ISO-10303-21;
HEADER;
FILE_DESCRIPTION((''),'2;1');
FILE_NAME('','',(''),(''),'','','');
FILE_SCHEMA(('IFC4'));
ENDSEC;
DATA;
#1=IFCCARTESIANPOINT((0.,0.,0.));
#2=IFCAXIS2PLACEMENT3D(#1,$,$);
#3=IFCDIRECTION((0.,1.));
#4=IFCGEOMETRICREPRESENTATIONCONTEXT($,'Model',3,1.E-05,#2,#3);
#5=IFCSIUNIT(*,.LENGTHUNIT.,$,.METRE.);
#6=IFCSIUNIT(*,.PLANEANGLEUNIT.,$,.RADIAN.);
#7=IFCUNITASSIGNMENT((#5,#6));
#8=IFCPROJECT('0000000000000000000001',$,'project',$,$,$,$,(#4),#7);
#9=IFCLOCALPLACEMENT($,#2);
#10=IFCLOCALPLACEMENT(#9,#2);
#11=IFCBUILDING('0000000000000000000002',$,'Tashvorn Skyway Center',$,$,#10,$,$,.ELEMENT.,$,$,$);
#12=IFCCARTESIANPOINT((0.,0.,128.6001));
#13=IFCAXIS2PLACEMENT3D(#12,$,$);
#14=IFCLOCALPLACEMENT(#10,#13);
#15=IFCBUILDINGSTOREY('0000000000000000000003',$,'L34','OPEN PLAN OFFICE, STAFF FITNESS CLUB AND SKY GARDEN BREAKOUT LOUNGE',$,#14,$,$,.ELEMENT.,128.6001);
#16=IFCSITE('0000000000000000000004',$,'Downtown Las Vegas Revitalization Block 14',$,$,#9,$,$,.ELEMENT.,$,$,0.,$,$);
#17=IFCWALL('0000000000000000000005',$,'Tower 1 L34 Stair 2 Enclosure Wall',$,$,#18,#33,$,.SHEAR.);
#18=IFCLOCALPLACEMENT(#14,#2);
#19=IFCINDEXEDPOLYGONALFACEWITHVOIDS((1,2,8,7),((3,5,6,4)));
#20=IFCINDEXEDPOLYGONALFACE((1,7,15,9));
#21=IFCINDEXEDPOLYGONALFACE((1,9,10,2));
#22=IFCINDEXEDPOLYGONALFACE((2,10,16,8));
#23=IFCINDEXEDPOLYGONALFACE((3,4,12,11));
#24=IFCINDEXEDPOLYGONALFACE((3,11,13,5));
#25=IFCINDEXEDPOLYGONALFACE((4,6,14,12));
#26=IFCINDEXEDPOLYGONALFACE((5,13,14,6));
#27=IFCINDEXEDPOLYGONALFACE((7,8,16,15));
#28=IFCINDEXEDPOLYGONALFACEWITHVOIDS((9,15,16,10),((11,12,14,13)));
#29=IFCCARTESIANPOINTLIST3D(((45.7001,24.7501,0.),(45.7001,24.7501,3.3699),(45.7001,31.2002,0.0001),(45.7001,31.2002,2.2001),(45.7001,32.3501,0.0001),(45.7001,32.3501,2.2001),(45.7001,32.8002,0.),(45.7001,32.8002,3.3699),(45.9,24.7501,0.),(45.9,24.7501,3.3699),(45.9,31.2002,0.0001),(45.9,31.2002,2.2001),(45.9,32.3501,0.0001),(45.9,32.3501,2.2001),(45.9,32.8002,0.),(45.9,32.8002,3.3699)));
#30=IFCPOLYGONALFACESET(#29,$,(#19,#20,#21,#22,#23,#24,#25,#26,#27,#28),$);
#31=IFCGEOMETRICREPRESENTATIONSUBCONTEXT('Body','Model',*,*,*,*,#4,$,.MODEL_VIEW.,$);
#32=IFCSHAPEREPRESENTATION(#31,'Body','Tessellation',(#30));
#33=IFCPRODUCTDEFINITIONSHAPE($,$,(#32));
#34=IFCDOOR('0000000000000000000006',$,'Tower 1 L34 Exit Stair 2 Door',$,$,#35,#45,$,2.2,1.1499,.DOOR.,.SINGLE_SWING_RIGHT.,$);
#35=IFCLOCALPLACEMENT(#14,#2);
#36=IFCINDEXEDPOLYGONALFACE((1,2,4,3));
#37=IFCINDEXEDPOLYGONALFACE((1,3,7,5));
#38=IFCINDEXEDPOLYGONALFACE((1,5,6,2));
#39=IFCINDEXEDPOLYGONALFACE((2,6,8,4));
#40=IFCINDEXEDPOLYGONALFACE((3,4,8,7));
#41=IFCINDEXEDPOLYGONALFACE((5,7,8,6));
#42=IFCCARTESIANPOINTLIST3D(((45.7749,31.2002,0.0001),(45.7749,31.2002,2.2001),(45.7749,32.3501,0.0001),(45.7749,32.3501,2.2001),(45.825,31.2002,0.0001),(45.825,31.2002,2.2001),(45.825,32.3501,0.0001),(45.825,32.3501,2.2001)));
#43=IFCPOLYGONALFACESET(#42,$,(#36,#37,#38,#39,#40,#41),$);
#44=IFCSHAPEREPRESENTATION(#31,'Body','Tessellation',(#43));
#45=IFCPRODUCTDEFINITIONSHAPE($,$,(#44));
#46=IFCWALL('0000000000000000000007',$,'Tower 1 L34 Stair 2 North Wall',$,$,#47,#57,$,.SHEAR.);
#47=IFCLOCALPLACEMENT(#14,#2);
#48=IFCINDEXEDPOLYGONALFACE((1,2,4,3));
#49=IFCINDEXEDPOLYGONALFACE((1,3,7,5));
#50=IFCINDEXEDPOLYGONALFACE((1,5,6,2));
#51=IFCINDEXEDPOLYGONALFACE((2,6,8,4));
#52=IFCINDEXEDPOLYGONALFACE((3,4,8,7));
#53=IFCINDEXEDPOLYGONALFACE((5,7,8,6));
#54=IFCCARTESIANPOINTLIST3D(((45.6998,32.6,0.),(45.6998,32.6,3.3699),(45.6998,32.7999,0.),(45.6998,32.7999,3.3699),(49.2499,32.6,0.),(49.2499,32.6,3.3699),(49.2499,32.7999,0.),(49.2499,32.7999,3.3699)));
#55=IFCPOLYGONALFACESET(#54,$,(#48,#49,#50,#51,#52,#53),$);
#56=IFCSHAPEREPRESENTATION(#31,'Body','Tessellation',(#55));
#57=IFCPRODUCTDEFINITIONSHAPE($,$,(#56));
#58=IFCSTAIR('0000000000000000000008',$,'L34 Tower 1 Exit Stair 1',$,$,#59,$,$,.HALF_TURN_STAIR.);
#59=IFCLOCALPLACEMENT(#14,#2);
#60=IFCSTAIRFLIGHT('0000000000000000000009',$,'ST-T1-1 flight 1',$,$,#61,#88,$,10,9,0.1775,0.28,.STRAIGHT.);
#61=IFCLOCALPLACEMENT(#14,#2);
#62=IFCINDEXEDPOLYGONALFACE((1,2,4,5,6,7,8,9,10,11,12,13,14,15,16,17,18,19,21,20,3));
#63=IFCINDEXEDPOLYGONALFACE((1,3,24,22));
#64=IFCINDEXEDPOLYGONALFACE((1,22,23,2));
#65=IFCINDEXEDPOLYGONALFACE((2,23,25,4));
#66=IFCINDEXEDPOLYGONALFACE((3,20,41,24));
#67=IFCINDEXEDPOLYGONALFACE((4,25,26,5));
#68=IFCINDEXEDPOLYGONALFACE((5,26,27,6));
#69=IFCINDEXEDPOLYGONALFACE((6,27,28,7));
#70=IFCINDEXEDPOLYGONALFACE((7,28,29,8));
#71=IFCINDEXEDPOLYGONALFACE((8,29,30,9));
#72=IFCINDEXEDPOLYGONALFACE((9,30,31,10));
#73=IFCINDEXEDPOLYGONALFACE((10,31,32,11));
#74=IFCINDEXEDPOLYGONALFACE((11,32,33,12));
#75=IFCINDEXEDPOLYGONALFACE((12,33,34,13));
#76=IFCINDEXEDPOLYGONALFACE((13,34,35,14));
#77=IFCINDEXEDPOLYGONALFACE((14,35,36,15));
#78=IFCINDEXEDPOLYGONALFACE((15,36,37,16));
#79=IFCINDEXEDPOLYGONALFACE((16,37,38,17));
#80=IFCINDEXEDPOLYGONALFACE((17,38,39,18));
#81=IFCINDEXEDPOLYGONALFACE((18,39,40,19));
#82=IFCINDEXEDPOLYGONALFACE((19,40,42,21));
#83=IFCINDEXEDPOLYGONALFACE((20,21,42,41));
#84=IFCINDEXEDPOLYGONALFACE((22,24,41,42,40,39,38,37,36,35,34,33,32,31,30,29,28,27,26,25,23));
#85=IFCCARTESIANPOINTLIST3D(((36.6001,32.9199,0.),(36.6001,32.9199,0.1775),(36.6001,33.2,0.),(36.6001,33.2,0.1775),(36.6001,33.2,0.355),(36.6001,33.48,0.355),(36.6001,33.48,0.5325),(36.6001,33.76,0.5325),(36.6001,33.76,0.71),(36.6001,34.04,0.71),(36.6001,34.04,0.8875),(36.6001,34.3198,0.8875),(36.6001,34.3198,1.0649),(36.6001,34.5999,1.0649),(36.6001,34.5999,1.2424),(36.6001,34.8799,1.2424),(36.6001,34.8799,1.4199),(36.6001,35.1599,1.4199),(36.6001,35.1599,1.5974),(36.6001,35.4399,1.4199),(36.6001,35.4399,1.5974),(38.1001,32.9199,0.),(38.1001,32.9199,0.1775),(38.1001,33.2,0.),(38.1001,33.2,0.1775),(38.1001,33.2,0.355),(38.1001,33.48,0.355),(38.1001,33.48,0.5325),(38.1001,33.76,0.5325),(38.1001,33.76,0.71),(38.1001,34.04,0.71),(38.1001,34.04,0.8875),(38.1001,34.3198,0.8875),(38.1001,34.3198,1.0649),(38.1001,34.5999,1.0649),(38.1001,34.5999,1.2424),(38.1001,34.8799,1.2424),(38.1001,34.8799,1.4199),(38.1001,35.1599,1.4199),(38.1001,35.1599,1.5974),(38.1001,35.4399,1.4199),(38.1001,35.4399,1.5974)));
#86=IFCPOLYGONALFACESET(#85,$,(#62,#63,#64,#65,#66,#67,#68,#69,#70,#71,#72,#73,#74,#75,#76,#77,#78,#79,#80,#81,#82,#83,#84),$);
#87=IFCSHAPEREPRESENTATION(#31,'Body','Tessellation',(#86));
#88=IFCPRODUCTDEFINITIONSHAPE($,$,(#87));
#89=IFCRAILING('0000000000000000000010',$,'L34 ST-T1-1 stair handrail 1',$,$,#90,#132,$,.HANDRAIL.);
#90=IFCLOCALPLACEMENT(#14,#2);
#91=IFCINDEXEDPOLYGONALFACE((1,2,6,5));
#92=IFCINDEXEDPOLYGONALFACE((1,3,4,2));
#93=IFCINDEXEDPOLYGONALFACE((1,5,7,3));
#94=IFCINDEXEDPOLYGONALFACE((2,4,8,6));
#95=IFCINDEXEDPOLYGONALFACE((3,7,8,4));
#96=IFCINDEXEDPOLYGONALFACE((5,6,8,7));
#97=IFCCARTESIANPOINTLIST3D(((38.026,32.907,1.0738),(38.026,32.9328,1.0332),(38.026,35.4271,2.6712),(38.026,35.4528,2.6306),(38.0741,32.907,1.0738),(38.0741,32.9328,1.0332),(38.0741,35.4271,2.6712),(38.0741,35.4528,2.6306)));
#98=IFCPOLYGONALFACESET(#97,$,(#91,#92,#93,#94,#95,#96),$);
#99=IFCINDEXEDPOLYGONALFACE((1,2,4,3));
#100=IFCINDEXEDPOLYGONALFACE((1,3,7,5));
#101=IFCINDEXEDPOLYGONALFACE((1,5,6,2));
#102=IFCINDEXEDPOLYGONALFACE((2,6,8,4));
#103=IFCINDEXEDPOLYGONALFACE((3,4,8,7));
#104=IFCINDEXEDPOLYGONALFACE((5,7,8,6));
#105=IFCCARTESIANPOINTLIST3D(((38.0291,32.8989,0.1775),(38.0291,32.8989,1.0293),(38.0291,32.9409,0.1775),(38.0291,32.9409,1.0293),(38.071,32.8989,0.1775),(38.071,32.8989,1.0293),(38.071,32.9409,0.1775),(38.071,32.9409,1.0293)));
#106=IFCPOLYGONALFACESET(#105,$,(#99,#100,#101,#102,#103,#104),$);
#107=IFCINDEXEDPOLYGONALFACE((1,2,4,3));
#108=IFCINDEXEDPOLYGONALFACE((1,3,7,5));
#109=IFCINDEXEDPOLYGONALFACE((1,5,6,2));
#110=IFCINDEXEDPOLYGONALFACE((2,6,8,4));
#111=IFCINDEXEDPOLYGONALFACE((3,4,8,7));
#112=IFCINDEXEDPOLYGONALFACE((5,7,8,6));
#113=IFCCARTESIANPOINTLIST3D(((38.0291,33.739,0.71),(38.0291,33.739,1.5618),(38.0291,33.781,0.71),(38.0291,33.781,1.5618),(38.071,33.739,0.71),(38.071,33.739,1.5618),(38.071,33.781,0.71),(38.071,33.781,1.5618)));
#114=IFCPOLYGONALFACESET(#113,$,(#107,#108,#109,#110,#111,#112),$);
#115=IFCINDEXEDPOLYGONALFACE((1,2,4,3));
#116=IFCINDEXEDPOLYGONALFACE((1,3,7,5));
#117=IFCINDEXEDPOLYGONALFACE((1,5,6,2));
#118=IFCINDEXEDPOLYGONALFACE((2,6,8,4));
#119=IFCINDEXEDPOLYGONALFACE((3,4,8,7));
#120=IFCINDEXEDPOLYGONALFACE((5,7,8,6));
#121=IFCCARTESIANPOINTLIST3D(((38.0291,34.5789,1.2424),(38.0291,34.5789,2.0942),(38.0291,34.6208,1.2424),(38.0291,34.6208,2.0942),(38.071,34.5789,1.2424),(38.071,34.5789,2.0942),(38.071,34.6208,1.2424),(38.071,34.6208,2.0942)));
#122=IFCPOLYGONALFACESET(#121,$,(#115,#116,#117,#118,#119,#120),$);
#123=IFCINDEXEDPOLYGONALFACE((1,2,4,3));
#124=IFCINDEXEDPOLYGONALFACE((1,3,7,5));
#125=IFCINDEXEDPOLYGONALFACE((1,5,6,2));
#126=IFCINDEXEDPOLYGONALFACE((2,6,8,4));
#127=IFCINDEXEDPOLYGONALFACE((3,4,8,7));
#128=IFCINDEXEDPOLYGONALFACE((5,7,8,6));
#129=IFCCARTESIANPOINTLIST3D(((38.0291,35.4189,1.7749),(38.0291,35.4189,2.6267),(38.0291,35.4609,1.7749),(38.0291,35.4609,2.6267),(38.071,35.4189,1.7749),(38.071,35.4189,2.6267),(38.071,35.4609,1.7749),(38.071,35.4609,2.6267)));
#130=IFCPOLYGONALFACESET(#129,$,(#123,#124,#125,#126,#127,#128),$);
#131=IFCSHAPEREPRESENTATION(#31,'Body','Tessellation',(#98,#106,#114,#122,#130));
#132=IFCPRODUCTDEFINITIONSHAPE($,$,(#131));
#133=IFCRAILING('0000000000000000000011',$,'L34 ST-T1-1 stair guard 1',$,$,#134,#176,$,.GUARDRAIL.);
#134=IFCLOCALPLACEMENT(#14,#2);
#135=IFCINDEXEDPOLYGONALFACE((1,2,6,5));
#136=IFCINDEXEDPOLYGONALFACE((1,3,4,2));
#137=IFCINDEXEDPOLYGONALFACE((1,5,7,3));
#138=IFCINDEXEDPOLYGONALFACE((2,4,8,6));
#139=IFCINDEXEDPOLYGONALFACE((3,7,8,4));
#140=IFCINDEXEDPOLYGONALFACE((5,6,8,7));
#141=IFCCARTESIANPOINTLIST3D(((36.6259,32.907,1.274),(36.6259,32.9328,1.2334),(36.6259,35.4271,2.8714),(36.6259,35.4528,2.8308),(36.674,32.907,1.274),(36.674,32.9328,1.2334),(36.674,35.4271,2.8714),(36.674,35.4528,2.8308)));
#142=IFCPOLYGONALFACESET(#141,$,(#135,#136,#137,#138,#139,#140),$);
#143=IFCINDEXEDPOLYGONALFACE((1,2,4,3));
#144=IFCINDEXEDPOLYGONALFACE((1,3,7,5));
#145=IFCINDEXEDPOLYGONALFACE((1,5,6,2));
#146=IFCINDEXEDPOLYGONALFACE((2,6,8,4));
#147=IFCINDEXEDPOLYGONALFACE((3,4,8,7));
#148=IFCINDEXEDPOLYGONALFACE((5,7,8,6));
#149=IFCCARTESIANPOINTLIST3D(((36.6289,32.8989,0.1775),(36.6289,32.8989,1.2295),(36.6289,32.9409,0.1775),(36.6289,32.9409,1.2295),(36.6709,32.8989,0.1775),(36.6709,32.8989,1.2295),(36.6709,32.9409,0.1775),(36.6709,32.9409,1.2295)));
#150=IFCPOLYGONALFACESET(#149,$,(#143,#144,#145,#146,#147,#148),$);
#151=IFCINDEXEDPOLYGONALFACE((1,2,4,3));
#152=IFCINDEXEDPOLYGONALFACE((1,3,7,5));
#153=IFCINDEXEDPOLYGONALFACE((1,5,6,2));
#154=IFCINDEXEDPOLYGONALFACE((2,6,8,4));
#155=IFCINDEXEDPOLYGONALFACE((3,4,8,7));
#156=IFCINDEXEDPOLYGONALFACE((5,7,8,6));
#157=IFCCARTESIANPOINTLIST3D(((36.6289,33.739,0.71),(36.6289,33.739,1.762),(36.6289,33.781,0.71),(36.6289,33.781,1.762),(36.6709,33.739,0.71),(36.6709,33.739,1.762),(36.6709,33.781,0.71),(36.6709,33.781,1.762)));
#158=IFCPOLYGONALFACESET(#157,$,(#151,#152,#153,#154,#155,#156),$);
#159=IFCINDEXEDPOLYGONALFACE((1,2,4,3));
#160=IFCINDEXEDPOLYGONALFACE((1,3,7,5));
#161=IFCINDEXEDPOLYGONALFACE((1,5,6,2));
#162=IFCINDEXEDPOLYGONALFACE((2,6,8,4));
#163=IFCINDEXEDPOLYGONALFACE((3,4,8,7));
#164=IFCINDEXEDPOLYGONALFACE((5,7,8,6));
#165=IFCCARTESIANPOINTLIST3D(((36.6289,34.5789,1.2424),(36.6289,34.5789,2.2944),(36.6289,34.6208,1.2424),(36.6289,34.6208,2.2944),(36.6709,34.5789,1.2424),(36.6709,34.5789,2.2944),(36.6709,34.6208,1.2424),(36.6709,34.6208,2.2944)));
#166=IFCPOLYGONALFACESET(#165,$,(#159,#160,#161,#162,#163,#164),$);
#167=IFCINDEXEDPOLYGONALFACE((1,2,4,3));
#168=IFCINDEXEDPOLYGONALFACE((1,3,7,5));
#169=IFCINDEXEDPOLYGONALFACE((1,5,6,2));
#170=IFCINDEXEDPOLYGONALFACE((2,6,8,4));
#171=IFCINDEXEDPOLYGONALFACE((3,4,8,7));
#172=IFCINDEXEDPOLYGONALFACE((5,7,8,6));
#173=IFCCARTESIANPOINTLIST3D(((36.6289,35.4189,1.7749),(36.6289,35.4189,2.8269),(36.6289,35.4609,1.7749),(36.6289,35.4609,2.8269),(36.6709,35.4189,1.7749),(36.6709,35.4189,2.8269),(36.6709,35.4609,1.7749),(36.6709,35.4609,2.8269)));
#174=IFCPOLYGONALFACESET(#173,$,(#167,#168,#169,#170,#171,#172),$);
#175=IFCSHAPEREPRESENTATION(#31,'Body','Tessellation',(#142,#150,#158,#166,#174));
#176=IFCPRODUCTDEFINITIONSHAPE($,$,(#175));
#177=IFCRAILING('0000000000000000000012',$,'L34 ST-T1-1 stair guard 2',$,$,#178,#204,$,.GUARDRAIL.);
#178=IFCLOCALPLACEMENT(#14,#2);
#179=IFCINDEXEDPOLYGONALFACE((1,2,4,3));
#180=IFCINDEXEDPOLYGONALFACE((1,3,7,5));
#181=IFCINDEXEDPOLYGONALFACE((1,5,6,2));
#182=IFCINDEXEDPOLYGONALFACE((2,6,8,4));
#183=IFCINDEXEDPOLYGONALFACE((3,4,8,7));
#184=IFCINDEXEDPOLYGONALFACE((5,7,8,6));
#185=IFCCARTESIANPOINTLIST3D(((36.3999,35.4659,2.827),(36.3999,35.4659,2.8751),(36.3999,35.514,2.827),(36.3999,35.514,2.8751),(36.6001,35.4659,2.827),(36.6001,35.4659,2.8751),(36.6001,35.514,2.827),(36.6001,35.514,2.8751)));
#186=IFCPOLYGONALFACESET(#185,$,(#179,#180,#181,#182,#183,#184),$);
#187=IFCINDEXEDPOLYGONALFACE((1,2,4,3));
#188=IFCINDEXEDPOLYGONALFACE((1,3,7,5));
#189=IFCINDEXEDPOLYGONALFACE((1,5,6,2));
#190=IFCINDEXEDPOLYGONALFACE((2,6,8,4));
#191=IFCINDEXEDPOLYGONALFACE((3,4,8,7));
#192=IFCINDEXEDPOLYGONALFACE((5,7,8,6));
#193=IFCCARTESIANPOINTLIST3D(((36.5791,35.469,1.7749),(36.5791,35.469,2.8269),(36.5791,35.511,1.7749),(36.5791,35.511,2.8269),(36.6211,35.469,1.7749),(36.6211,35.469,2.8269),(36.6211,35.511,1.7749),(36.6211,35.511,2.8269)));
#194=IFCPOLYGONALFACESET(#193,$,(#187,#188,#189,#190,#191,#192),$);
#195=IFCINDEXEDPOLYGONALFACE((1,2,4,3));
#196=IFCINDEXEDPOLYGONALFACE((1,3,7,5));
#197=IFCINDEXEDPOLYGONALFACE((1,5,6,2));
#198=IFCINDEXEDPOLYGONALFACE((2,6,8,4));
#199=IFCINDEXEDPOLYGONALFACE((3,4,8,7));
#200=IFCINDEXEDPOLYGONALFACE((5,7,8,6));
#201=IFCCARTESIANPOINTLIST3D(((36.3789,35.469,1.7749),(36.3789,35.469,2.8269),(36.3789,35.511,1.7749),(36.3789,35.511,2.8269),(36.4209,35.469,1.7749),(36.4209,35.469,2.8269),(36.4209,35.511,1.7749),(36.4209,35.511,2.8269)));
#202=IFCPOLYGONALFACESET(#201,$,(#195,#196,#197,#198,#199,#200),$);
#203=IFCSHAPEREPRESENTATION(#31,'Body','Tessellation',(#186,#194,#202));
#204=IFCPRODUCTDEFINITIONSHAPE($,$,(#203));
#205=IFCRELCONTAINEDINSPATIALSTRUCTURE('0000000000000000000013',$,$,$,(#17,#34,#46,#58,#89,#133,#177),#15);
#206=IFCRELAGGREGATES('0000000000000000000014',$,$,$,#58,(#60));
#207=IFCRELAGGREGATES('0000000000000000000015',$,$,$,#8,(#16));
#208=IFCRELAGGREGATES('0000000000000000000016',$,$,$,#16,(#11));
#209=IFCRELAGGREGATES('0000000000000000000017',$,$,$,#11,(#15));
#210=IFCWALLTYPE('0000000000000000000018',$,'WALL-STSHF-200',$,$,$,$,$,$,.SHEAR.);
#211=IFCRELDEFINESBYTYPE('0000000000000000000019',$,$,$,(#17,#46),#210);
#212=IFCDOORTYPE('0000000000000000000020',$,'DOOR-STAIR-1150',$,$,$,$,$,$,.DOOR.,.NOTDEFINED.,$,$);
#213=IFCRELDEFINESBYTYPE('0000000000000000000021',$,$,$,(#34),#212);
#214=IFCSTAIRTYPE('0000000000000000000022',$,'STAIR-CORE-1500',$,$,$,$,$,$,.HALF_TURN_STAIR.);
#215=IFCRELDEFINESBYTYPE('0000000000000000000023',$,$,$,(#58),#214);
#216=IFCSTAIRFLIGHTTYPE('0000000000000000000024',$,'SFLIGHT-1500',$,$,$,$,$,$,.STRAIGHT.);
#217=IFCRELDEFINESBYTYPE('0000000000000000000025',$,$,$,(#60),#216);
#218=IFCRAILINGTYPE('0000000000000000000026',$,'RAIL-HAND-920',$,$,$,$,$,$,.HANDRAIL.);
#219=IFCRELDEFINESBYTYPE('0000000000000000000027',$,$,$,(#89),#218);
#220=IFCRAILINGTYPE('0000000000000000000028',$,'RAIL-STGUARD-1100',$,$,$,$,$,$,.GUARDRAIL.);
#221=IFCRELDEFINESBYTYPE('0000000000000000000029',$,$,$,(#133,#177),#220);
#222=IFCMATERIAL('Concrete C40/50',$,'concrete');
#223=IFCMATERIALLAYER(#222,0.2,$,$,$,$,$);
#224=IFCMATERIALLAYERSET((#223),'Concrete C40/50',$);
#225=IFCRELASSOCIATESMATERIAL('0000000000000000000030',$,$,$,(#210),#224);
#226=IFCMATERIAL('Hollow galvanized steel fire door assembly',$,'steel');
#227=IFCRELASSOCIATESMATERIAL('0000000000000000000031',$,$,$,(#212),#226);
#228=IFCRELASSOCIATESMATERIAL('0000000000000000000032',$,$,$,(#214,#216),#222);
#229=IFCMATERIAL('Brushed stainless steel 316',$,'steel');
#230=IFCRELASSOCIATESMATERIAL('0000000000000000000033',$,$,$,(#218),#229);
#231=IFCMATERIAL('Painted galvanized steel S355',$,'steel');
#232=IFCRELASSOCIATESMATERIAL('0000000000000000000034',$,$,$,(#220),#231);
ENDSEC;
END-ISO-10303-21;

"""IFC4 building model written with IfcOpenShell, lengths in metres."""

from ifc_helpers import new_model, si_unit, direction, frame, frame_2d, origin, origin_2d, place, context, subcontext, project, spatial, polyline, rectangle, outline, extrude, material, layer, layer_set, type_object, element, fill, aggregate, save


model = new_model("IFC4")

# Units and contexts
model_context = context("Model", 3, precision=1e-05, world=origin(), true_north=direction((0.0, 1.0)))
body_context = subcontext(model_context, "Body", "Model", "MODEL_VIEW")
ifc_project = project(units=[si_unit("LENGTHUNIT", "METRE"), si_unit("PLANEANGLEUNIT", "RADIAN")], contexts=[model_context])

# Site, building, storey
site_placement = place(None, origin())
site = spatial("IfcSite", under=ifc_project, at=site_placement, Name="Downtown Las Vegas Revitalization Block 14", CompositionType="ELEMENT", RefElevation=0.0)
building_placement = place(site_placement, origin())
building = spatial("IfcBuilding", under=site, at=building_placement, Name="Tashvorn Skyway Center", CompositionType="ELEMENT")
storey_placement = place(building_placement, frame((0.0, 0.0, 128.6001)))
storey = spatial("IfcBuildingStorey", under=building, at=storey_placement, Name="L34", Description="OPEN PLAN OFFICE, STAFF FITNESS CLUB AND SKY GARDEN BREAKOUT LOUNGE", CompositionType="ELEMENT", Elevation=128.6001)

# Shared definitions
ifc_material_1 = material(Name="Concrete C40/50", Category="concrete")
ifc_material_2 = material(Name="Hollow galvanized steel fire door assembly", Category="steel")

# Wall, opening, door
ifc_layer_1 = layer(ifc_material_1, 0.2)
ifc_layer_set_1 = layer_set([ifc_layer_1], Name="Concrete C40/50")
wall_type_1 = type_object("IfcWallType", Name="WALL-STSHF-200", PredefinedType="SHEAR", material=ifc_layer_set_1)
wall_1_placement = place(storey_placement, frame((45.8, 32.8, 0.0), z_axis=(0.0, 0.0, 1.0), x_axis=(0.0, -1.0, 0.0)))
wall_1 = element("IfcWall", 1, at=wall_1_placement, inside=storey, type_object=wall_type_1, Name="Tower 1 L34 Stair 2 Enclosure Wall", PredefinedType="SHEAR", context=body_context, shape_type="SweptSolid", body=[
    extrude(rectangle(XDim=8.05, YDim=0.2, at=frame_2d((4.0249, 0.0))), origin(), (0.0, 0.0, 1.0), 3.3699),
])
opening_1_placement = place(wall_1_placement, frame((0.45, 0.0, 0.0)))
opening_1 = element("IfcOpeningElement", 2, at=opening_1_placement, cuts=wall_1, PredefinedType="OPENING", context=body_context, shape_type="SweptSolid", body=[
    extrude(rectangle(XDim=1.1499, YDim=2.2, at=frame_2d((0.575, 1.1001))), frame((0.0, 0.1099, 0.0), z_axis=(0.0, -1.0, 0.0), x_axis=(1.0, 0.0, 0.0)), (0.0, 0.0, 1.0), 0.22),
])
door_type_1 = type_object("IfcDoorType", Name="DOOR-STAIR-1150", OperationType="NOTDEFINED", PredefinedType="DOOR", material=ifc_material_2)
door_1_placement = place(opening_1_placement, origin())
door_1 = element("IfcDoor", 3, at=door_1_placement, inside=storey, type_object=door_type_1, Name="Tower 1 L34 Exit Stair 2 Door", OperationType="SINGLE_SWING_RIGHT", OverallHeight=2.2, OverallWidth=1.1499, PredefinedType="DOOR", context=body_context, shape_type="SweptSolid", body=[
    extrude(rectangle(XDim=1.1499, YDim=2.2, at=frame_2d((0.575, 1.1001))), frame((0.0, 0.0249, 0.0), z_axis=(0.0, -1.0, 0.0), x_axis=(1.0, 0.0, 0.0)), (0.0, 0.0, 1.0), 0.05),
])
fill(opening_1, door_1)

# Wall
wall_2_placement = place(storey_placement, frame((45.7, 32.7, 0.0), z_axis=(0.0, 0.0, 1.0), x_axis=(1.0, 0.0, 0.0)))
element("IfcWall", 4, at=wall_2_placement, inside=storey, type_object=wall_type_1, Name="Tower 1 L34 Stair 2 North Wall", PredefinedType="SHEAR", context=body_context, shape_type="SweptSolid", body=[
    extrude(rectangle(XDim=3.55, YDim=0.2, at=frame_2d((1.7749, 0.0))), origin(), (0.0, 0.0, 1.0), 3.3699),
])

# Stair, stair flight
stair_type = type_object("IfcStairType", Name="STAIR-CORE-1500", PredefinedType="HALF_TURN_STAIR", material=ifc_material_1)
stair_placement = place(storey_placement, origin())
stair = element("IfcStair", 5, at=stair_placement, inside=storey, type_object=stair_type, Name="L34 Tower 1 Exit Stair 1", PredefinedType="HALF_TURN_STAIR")
stair_flight_type = type_object("IfcStairFlightType", Name="SFLIGHT-1500", PredefinedType="STRAIGHT", material=ifc_material_1)
stair_flight_placement = place(storey_placement, frame((37.3501, 32.9199, 0.0), z_axis=(0.0, 0.0, 1.0), x_axis=(0.0, 1.0, 0.0)))
stair_flight = element("IfcStairFlight", 6, at=stair_flight_placement, type_object=stair_flight_type, Name="ST-T1-1 flight 1", NumberOfRisers=10, NumberOfTreads=9, PredefinedType="STRAIGHT", RiserHeight=0.1775, TreadLength=0.28, context=body_context, shape_type="SweptSolid", body=[
    extrude(outline(polyline([(0.0, 0.0), (0.0, 0.1775), (0.28, 0.1775), (0.28, 0.355), (0.5601, 0.355), (0.5601, 0.5325), (0.8401, 0.5325), (0.8401, 0.71), (1.1201, 0.71), (1.1201, 0.8875), (1.3999, 0.8875), (1.3999, 1.0649), (1.6799, 1.0649), (1.6799, 1.2424), (1.96, 1.2424), (1.96, 1.4199), (2.24, 1.4199), (2.24, 1.5974), (2.52, 1.5974), (2.52, 1.7749), (2.52, 1.4199), (0.28, 0.0), (0.0, 0.0)])), frame((0.0, 0.75, 0.0), z_axis=(0.0, -1.0, 0.0), x_axis=(1.0, 0.0, 0.0)), (0.0, 0.0, 1.0), 1.5),
])
aggregate(stair, [stair_flight])

# Railings
ifc_material_3 = material(Name="Brushed stainless steel 316", Category="steel")
railing_type_1 = type_object("IfcRailingType", Name="RAIL-HAND-920", PredefinedType="HANDRAIL", material=ifc_material_3)
railing_1_placement = place(storey_placement, frame((38.05, 32.9199, 0.1775)))
element("IfcRailing", 7, at=railing_1_placement, inside=storey, type_object=railing_type_1, Name="L34 ST-T1-1 stair handrail 1", PredefinedType="HANDRAIL", context=body_context, shape_type="SweptSolid", body=[
    extrude(rectangle(XDim=0.0481, YDim=0.0481, at=origin_2d()), frame((0.0, 0.0, 0.876), z_axis=(0.0, 0.844607, 0.535387), x_axis=(-1.0, 0.0, 0.0)), (0.0, 0.0, 1.0), 2.9836),
    extrude(rectangle(XDim=0.042, YDim=0.042, at=origin_2d()), origin(), (0.0, 0.0, 1.0), 0.8518),
    extrude(rectangle(XDim=0.042, YDim=0.042, at=origin_2d()), frame((0.0, 0.8401, 0.5325)), (0.0, 0.0, 1.0), 0.8518),
    extrude(rectangle(XDim=0.042, YDim=0.042, at=origin_2d()), frame((0.0, 1.6799, 1.0649)), (0.0, 0.0, 1.0), 0.8518),
    extrude(rectangle(XDim=0.042, YDim=0.042, at=origin_2d()), frame((0.0, 2.52, 1.5974)), (0.0, 0.0, 1.0), 0.8518),
])
ifc_material_4 = material(Name="Painted galvanized steel S355", Category="steel")
railing_type_2 = type_object("IfcRailingType", Name="RAIL-STGUARD-1100", PredefinedType="GUARDRAIL", material=ifc_material_4)
railing_2_placement = place(storey_placement, frame((36.6499, 32.9199, 0.1775)))
element("IfcRailing", 8, at=railing_2_placement, inside=storey, type_object=railing_type_2, Name="L34 ST-T1-1 stair guard 1", PredefinedType="GUARDRAIL", context=body_context, shape_type="SweptSolid", body=[
    extrude(rectangle(XDim=0.0481, YDim=0.0481, at=origin_2d()), frame((0.0, 0.0, 1.0762), z_axis=(0.0, 0.844607, 0.535387), x_axis=(-1.0, 0.0, 0.0)), (0.0, 0.0, 1.0), 2.9836),
    extrude(rectangle(XDim=0.042, YDim=0.042, at=origin_2d()), origin(), (0.0, 0.0, 1.0), 1.052),
    extrude(rectangle(XDim=0.042, YDim=0.042, at=origin_2d()), frame((0.0, 0.8401, 0.5325)), (0.0, 0.0, 1.0), 1.052),
    extrude(rectangle(XDim=0.042, YDim=0.042, at=origin_2d()), frame((0.0, 1.6799, 1.0649)), (0.0, 0.0, 1.0), 1.052),
    extrude(rectangle(XDim=0.042, YDim=0.042, at=origin_2d()), frame((0.0, 2.52, 1.5974)), (0.0, 0.0, 1.0), 1.052),
])
for number, where, name in (
    (9, (36.6001, 35.49, 1.7749), "L34 ST-T1-1 stair guard 2"),
):
    element("IfcRailing", number, at=place(storey_placement, frame(where)), inside=storey, type_object=railing_type_2, Name=name, PredefinedType="GUARDRAIL", context=body_context, shape_type="SweptSolid", body=[
        extrude(rectangle(XDim=0.0481, YDim=0.0481, at=origin_2d()), frame((0.0, 0.0, 1.0762), z_axis=(-1.0, 0.0, 0.0), x_axis=(0.0, -1.0, 0.0)), (0.0, 0.0, 1.0), 0.2002),
        extrude(rectangle(XDim=0.042, YDim=0.042, at=origin_2d()), origin(), (0.0, 0.0, 1.0), 1.052),
        extrude(rectangle(XDim=0.042, YDim=0.042, at=origin_2d()), frame((-0.2002, 0.0, 0.0)), (0.0, 0.0, 1.0), 1.052),
    ])

save(model, "model.ifc")
